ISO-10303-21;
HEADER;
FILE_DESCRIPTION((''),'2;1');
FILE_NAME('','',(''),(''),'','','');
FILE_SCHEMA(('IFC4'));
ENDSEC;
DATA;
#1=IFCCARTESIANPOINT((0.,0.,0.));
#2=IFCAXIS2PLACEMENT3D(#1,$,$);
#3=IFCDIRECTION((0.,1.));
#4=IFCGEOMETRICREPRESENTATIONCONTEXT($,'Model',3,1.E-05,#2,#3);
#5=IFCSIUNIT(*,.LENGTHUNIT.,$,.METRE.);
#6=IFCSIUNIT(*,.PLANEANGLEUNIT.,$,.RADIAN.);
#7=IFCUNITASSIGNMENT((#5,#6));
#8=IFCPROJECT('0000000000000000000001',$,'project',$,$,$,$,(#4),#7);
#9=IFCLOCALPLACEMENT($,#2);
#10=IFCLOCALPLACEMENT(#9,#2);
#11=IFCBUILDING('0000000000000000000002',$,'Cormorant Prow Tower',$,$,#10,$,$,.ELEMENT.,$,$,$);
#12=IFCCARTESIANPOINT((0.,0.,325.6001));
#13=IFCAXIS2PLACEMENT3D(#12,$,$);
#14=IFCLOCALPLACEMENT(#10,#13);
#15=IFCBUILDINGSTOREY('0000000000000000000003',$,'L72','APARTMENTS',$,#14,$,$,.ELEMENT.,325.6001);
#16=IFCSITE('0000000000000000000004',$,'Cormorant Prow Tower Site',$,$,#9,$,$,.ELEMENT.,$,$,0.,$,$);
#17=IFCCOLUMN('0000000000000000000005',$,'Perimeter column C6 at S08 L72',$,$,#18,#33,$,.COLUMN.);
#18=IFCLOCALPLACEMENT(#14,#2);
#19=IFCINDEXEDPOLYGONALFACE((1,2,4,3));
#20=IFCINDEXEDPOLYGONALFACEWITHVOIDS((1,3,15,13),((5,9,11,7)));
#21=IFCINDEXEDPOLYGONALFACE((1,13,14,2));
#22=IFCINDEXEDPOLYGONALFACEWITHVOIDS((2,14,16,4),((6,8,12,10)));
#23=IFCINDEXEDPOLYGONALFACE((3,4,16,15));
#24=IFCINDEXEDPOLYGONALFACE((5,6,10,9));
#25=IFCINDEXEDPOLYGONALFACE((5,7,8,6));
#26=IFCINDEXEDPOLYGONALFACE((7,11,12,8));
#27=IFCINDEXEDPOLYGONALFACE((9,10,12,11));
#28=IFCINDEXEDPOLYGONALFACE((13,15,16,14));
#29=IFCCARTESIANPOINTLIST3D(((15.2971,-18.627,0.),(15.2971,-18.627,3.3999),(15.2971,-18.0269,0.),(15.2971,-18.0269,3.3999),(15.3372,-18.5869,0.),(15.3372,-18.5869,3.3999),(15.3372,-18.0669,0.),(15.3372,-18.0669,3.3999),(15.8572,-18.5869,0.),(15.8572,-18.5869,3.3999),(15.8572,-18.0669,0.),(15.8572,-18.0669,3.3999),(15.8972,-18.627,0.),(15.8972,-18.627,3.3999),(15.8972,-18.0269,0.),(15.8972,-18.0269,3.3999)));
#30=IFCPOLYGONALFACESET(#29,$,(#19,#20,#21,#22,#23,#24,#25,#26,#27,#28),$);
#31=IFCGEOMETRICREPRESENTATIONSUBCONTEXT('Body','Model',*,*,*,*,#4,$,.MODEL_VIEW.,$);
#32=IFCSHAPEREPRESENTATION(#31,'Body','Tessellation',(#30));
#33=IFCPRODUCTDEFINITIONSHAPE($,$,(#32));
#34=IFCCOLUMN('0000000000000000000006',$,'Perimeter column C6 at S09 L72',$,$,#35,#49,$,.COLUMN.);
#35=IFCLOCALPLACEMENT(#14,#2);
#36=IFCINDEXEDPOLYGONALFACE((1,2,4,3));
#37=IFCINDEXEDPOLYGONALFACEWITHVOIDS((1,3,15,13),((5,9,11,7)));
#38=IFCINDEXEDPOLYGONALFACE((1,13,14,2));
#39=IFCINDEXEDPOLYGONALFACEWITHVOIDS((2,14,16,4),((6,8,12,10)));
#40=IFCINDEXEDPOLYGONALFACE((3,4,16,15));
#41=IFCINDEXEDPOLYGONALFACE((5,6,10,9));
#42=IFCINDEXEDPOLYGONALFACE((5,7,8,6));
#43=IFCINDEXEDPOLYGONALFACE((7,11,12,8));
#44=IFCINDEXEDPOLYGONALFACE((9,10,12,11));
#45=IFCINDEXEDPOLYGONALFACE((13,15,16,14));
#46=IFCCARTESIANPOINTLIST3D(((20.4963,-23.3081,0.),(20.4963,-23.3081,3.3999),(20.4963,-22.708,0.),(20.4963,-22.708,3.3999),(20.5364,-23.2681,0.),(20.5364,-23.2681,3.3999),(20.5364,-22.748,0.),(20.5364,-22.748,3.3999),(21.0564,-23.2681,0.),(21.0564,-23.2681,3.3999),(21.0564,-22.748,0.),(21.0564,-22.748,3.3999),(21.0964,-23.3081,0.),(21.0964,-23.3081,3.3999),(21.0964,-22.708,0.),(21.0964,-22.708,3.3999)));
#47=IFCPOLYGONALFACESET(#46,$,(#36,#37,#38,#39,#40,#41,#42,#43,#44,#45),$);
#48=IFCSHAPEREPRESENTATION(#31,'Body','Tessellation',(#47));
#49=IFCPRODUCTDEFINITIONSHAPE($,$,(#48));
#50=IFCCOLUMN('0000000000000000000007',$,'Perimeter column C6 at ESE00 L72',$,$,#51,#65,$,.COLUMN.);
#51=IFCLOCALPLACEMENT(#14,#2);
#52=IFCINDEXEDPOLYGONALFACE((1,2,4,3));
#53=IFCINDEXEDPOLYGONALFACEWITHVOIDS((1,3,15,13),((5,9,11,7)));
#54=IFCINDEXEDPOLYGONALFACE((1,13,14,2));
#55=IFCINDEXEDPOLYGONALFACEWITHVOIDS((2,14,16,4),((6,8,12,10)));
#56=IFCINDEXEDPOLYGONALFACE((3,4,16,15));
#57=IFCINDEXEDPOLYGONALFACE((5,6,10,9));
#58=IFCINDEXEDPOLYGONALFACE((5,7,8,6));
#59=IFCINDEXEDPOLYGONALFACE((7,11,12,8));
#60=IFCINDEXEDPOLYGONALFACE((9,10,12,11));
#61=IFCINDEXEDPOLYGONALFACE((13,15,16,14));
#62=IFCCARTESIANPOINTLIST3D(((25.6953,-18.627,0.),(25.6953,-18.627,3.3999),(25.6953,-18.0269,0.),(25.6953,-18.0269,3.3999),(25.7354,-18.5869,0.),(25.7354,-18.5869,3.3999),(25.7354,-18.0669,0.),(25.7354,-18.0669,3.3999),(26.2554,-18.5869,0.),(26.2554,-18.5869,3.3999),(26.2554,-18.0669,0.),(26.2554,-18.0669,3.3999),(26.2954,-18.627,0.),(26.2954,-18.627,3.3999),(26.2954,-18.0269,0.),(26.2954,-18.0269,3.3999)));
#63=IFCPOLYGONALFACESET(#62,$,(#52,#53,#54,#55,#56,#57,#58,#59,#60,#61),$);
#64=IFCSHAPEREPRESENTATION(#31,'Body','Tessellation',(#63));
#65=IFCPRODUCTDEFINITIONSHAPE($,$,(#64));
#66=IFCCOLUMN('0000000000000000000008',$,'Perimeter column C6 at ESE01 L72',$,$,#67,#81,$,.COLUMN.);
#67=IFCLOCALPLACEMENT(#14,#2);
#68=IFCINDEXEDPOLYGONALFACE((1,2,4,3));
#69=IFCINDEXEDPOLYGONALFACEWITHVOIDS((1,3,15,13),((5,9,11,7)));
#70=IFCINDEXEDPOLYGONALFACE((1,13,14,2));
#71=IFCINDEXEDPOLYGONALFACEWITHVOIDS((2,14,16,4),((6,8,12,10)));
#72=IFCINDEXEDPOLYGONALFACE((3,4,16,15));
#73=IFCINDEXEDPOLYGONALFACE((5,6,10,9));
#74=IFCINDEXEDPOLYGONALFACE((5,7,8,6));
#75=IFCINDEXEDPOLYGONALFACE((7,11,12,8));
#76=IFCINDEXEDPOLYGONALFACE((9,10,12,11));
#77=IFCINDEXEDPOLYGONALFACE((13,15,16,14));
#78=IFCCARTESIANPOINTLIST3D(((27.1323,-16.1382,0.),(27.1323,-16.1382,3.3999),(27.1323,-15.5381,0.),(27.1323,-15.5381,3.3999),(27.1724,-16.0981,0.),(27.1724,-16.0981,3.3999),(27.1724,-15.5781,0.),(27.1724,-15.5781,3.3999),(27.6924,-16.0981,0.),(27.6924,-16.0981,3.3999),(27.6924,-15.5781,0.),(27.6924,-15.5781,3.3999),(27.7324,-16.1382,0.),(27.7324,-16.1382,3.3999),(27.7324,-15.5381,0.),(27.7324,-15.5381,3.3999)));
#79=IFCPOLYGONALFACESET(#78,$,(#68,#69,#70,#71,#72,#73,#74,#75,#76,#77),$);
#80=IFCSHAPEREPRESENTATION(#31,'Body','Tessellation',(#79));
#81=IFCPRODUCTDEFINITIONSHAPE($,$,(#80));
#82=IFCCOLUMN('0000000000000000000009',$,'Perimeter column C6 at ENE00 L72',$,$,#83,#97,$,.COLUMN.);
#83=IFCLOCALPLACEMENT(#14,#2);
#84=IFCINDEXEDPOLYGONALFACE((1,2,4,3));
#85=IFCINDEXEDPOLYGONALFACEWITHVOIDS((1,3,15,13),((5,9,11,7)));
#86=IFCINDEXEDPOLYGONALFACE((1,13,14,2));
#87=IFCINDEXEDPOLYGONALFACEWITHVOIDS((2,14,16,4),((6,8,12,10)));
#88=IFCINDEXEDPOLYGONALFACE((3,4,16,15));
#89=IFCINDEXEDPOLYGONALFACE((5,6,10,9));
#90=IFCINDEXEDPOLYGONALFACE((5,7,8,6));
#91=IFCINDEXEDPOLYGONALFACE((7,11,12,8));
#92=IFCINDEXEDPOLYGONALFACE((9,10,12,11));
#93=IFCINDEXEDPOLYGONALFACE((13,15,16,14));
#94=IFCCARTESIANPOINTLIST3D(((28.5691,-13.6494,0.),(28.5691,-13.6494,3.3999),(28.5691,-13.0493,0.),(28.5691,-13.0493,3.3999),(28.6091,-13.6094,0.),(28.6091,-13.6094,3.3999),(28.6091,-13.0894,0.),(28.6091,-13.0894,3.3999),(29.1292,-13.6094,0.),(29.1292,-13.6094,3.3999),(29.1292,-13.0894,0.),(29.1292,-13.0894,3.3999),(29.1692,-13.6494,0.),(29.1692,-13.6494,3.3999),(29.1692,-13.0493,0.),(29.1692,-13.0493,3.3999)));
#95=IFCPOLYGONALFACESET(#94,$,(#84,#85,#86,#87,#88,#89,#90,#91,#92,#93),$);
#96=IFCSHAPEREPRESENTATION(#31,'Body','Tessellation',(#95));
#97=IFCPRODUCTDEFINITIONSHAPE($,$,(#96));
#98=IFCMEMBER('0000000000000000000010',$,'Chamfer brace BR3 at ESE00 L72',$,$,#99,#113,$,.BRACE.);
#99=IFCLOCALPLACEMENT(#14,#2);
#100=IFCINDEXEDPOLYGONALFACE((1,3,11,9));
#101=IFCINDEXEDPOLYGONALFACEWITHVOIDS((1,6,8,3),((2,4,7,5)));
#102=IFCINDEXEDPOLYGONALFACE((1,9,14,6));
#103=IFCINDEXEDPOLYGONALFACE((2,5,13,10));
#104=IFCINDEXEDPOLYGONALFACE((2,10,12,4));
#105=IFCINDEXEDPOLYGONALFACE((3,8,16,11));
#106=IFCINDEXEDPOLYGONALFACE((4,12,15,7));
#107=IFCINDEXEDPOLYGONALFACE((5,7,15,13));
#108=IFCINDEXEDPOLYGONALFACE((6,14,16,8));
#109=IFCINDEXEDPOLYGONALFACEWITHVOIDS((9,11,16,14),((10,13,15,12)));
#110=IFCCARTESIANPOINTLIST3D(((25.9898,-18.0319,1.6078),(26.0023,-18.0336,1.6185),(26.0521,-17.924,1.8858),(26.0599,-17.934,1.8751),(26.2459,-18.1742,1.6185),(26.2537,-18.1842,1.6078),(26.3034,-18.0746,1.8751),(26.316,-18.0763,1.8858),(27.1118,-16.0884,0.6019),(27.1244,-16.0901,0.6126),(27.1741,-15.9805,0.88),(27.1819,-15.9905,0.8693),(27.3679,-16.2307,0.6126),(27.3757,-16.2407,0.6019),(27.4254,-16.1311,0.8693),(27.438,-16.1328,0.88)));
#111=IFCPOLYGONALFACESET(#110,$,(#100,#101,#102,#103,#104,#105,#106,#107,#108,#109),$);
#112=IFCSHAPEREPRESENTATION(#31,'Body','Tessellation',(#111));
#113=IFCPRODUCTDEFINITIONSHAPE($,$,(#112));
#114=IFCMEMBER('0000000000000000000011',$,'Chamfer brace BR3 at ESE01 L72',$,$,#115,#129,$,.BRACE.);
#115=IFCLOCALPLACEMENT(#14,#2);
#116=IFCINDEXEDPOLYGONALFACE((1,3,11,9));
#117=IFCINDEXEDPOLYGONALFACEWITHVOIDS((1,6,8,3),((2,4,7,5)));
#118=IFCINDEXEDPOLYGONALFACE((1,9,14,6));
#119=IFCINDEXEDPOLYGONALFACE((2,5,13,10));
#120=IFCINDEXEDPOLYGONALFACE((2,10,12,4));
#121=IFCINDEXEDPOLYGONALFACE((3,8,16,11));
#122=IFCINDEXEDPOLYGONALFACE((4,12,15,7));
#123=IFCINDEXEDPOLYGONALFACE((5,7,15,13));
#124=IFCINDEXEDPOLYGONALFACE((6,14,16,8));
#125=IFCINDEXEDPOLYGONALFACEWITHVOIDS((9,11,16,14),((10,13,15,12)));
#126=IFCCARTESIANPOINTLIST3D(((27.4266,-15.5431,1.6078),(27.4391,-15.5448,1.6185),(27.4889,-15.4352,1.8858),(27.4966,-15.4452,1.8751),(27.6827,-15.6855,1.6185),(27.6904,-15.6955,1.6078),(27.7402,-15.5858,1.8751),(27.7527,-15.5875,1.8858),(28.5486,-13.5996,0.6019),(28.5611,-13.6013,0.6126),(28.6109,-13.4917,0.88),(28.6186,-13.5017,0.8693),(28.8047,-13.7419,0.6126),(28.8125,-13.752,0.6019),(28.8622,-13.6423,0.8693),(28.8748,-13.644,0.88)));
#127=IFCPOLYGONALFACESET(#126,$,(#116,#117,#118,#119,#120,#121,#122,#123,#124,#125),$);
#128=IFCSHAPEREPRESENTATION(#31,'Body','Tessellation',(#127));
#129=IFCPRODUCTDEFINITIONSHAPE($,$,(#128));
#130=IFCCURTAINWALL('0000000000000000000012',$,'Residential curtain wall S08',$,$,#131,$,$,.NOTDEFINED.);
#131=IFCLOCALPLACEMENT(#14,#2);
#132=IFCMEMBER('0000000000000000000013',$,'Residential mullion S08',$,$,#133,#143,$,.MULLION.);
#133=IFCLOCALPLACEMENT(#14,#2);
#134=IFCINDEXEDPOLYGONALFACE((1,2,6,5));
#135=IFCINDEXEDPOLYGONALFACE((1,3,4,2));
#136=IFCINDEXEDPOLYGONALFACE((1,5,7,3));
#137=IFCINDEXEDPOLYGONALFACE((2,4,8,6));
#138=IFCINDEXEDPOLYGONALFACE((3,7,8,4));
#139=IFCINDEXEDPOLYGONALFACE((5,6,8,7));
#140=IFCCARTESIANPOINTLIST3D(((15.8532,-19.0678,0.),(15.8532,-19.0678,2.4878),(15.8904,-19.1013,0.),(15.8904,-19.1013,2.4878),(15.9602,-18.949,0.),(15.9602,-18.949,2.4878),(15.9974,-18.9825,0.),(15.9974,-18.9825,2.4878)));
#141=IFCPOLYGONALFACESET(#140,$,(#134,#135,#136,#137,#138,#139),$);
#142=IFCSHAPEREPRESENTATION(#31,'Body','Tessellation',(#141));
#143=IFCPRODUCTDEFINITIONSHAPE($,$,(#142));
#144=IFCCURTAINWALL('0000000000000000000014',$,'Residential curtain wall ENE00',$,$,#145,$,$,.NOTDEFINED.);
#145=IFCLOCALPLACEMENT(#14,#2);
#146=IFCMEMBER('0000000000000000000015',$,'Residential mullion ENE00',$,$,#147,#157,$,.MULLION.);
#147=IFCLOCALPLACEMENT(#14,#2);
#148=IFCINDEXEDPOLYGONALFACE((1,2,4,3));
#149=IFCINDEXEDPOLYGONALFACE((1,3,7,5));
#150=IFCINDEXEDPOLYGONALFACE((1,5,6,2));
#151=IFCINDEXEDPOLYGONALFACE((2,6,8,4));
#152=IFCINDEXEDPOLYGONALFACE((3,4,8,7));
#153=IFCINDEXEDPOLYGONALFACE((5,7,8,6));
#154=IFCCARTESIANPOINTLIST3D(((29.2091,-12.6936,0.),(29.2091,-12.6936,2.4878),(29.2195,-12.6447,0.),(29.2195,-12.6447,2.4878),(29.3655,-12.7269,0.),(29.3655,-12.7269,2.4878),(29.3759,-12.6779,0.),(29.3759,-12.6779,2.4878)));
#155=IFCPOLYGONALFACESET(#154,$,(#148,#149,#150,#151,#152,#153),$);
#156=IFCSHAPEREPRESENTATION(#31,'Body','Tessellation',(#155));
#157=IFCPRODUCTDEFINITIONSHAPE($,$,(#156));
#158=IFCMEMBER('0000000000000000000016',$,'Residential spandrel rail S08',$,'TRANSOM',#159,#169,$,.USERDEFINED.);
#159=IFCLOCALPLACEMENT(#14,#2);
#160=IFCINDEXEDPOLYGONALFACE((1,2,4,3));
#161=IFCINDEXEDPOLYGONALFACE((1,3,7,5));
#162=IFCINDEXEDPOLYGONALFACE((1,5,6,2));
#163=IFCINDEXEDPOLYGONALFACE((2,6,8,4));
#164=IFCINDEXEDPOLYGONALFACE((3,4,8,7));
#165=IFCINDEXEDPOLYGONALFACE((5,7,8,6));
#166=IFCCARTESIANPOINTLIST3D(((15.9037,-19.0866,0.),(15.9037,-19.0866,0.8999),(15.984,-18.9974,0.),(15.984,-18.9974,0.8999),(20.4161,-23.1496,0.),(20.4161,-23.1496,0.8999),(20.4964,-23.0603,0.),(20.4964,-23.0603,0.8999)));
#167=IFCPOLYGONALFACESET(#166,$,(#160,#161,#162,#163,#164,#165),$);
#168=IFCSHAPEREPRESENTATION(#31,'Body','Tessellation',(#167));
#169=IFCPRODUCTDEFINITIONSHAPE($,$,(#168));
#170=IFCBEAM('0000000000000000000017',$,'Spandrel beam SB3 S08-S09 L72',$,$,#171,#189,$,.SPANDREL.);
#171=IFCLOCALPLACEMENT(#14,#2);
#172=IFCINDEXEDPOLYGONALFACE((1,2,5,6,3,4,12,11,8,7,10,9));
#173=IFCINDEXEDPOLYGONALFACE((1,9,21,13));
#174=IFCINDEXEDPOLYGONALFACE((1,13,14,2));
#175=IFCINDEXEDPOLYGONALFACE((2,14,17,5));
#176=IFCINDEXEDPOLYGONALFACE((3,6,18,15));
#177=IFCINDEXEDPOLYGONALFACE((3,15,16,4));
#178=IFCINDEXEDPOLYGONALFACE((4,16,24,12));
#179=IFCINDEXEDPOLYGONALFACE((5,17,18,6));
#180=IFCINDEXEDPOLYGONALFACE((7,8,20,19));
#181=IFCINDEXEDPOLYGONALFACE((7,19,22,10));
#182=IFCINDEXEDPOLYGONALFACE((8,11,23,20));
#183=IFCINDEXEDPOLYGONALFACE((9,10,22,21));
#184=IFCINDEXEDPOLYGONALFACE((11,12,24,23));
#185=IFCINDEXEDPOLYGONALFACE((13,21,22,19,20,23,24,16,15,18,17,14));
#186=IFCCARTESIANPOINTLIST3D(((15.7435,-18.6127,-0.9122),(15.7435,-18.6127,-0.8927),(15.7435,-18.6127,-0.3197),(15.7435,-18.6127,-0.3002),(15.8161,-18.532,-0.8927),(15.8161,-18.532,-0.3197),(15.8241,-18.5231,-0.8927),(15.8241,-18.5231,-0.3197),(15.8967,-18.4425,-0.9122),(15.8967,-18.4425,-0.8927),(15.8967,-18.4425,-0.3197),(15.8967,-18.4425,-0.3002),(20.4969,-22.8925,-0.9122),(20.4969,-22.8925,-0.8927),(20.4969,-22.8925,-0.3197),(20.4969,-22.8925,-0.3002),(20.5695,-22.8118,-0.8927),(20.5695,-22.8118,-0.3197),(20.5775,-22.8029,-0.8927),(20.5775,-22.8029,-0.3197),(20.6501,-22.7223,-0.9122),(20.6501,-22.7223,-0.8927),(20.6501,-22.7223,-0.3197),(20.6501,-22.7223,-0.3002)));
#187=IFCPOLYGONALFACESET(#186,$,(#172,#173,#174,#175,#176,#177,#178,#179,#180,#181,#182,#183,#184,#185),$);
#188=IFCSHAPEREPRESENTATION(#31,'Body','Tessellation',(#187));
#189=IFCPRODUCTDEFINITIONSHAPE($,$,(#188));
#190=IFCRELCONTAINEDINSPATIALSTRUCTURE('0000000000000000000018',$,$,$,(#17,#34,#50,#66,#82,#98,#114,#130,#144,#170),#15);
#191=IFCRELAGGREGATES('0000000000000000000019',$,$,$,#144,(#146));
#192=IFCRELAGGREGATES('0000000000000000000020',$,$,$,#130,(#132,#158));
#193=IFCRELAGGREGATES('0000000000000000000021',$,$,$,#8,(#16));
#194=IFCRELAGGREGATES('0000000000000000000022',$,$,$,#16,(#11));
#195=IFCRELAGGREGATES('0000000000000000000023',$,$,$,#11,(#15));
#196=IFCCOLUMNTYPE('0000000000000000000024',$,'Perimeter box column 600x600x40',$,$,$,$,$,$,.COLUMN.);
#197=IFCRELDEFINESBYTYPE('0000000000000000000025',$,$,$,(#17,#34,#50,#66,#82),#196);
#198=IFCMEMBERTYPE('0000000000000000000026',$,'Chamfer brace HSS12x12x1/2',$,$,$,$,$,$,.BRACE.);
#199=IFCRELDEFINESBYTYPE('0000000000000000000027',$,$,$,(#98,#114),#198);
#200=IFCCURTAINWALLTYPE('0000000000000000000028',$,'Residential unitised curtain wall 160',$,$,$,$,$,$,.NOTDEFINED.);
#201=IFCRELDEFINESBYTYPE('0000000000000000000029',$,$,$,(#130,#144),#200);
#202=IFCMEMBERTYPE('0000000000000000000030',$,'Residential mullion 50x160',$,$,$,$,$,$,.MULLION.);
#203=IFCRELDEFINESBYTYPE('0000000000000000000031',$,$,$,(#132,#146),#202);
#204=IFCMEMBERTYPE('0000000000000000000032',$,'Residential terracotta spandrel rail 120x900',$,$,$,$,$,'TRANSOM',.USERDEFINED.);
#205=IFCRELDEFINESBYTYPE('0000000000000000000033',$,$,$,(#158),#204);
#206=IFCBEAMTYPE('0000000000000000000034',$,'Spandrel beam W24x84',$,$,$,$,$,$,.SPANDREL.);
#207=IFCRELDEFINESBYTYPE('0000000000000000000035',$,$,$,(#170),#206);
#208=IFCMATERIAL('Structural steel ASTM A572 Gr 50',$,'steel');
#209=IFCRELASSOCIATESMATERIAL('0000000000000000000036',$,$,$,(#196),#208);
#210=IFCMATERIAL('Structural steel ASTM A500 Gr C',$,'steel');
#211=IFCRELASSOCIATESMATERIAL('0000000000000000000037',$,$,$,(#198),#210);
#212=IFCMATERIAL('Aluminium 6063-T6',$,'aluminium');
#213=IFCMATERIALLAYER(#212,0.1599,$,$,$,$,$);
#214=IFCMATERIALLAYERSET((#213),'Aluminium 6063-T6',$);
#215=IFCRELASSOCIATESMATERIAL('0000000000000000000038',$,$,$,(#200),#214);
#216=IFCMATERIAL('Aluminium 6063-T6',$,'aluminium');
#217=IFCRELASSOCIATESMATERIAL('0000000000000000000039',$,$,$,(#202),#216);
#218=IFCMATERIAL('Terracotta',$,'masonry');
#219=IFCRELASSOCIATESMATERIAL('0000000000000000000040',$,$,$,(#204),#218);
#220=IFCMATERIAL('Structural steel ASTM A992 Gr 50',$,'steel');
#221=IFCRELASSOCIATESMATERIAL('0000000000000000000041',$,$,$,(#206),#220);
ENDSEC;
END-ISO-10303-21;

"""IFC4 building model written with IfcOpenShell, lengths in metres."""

from ifc_helpers import new_model, si_unit, direction, frame, origin, origin_2d, place, context, subcontext, project, spatial, rectangle, hollow_rectangle, i_section, extrude, material, layer, layer_set, material_profile, profile_set, type_object, element, aggregate, save


model = new_model("IFC4")

# Units and contexts
model_context = context("Model", 3, precision=1e-05, world=origin(), true_north=direction((0.0, 1.0)))
body_context = subcontext(model_context, "Body", "Model", "MODEL_VIEW")
ifc_project = project(units=[si_unit("LENGTHUNIT", "METRE"), si_unit("PLANEANGLEUNIT", "RADIAN")], contexts=[model_context])

# Site, building, storey
site_placement = place(None, origin())
site = spatial("IfcSite", under=ifc_project, at=site_placement, Name="Cormorant Prow Tower Site", CompositionType="ELEMENT", RefElevation=0.0)
building_placement = place(site_placement, origin())
building = spatial("IfcBuilding", under=site, at=building_placement, Name="Cormorant Prow Tower", CompositionType="ELEMENT")
storey_placement = place(building_placement, frame((0.0, 0.0, 325.6001)))
storey = spatial("IfcBuildingStorey", under=building, at=storey_placement, Name="L72", Description="APARTMENTS", CompositionType="ELEMENT", Elevation=325.6001)

# Columns
ifc_material_1 = material(Name="Structural steel ASTM A572 Gr 50", Category="steel")
ifc_material_profile_1 = material_profile(ifc_material_1, hollow_rectangle(XDim=0.6001, YDim=0.6001, WallThickness=0.04, at=origin_2d()), Name="Box 600x600x40")
ifc_profile_set_1 = profile_set([ifc_material_profile_1], Name="Structural steel ASTM A572 Gr 50")
column_type = type_object("IfcColumnType", Name="Perimeter box column 600x600x40", PredefinedType="COLUMN", material=ifc_profile_set_1)
for number, where, z_axis, x_axis, name in (
    (1, (15.5972, -18.3269, 0.0), (0.0, 0.0, 1.0), (1.0, 0.0, 0.0), "Perimeter column C6 at S08 L72"),
    (2, (20.7964, -23.0081, 0.0), (0.0, 0.0, 1.0), (1.0, 0.0, 0.0), "Perimeter column C6 at S09 L72"),
    (3, (25.9954, -18.3269, 0.0), (0.0, 0.0, 1.0), (1.0, 0.0, 0.0), "Perimeter column C6 at ESE00 L72"),
    (4, (27.4324, -15.8381, 0.0), (0.0, 0.0, 1.0), (1.0, 0.0, 0.0), "Perimeter column C6 at ESE01 L72"),
    (5, (28.8691, -13.3494, 0.0), (0.0, 0.0, 1.0), (1.0, 0.0, 0.0), "Perimeter column C6 at ENE00 L72"),
):
    element("IfcColumn", number, at=place(storey_placement, frame(where, z_axis=z_axis, x_axis=x_axis)), inside=storey, type_object=column_type, Name=name, PredefinedType="COLUMN", context=body_context, shape_type="SweptSolid", body=[
        extrude(hollow_rectangle(XDim=0.6001, YDim=0.6001, WallThickness=0.04, at=origin_2d()), origin(), (0.0, 0.0, 1.0), 3.3999),
    ])

# Members
ifc_material_2 = material(Name="Structural steel ASTM A500 Gr C", Category="steel")
ifc_material_profile_2 = material_profile(ifc_material_2, hollow_rectangle(XDim=0.3047, YDim=0.3047, WallThickness=0.0117, at=origin_2d()), Name="HSS12x12x1/2")
ifc_profile_set_2 = profile_set([ifc_material_profile_2], Name="Structural steel ASTM A500 Gr C")
member_type_1 = type_object("IfcMemberType", Name="Chamfer brace HSS12x12x1/2", PredefinedType="BRACE", material=ifc_profile_set_2)
for number, where, z_axis, x_axis, name in (
    (6, (27.2749, -16.1106, 0.741), (-0.456247, -0.790292, 0.408994), (0.866039, -0.499977, 0.0), "Chamfer brace BR3 at ESE00 L72"),
    (7, (28.7117, -13.6218, 0.741), (-0.456247, -0.790292, 0.408994), (0.866039, -0.499977, 0.0), "Chamfer brace BR3 at ESE01 L72"),
):
    element("IfcMember", number, at=place(storey_placement, frame(where, z_axis=z_axis, x_axis=x_axis)), inside=storey, type_object=member_type_1, Name=name, PredefinedType="BRACE", context=body_context, shape_type="SweptSolid", body=[
        extrude(hollow_rectangle(XDim=0.3047, YDim=0.3047, WallThickness=0.0117, at=origin_2d()), origin(), (0.0, 0.0, 1.0), 2.4592),
    ])

# Curtain walls, members
ifc_material_3 = material(Name="Aluminium 6063-T6", Category="aluminium")
ifc_layer_1 = layer(ifc_material_3, 0.1599)
ifc_layer_set_1 = layer_set([ifc_layer_1], Name="Aluminium 6063-T6")
curtain_wall_type = type_object("IfcCurtainWallType", Name="Residential unitised curtain wall 160", PredefinedType="NOTDEFINED", material=ifc_layer_set_1)
curtain_wall_1_placement = place(storey_placement, origin())
curtain_wall_1 = element("IfcCurtainWall", 8, at=curtain_wall_1_placement, inside=storey, type_object=curtain_wall_type, Name="Residential curtain wall S08", PredefinedType="NOTDEFINED")
ifc_material_4 = material(Name="Aluminium 6063-T6", Category="aluminium")
ifc_material_profile_3 = material_profile(ifc_material_4, rectangle(XDim=0.1599, YDim=0.05, at=origin_2d()), Name="Residential mullion 50x160")
ifc_profile_set_3 = profile_set([ifc_material_profile_3], Name="Aluminium 6063-T6")
member_type_2 = type_object("IfcMemberType", Name="Residential mullion 50x160", PredefinedType="MULLION", material=ifc_profile_set_3)
member_1_placement = place(storey_placement, frame((15.9253, -19.0251, 0.0), z_axis=(0.0, 0.0, 1.0), x_axis=(0.669131, 0.743145, 0.0)))
member_1 = element("IfcMember", 9, at=member_1_placement, type_object=member_type_2, Name="Residential mullion S08", PredefinedType="MULLION", context=body_context, shape_type="SweptSolid", body=[
    extrude(rectangle(XDim=0.1599, YDim=0.05, at=origin_2d()), origin(), (0.0, 0.0, 1.0), 2.4878),
])
curtain_wall_2_placement = place(storey_placement, origin())
curtain_wall_2 = element("IfcCurtainWall", 10, at=curtain_wall_2_placement, inside=storey, type_object=curtain_wall_type, Name="Residential curtain wall ENE00", PredefinedType="NOTDEFINED")
member_2_placement = place(storey_placement, frame((29.2925, -12.6858, 0.0), z_axis=(0.0, 0.0, 1.0), x_axis=(-0.978148, 0.207912, 0.0)))
member_2 = element("IfcMember", 11, at=member_2_placement, type_object=member_type_2, Name="Residential mullion ENE00", PredefinedType="MULLION", context=body_context, shape_type="SweptSolid", body=[
    extrude(rectangle(XDim=0.1599, YDim=0.05, at=origin_2d()), origin(), (0.0, 0.0, 1.0), 2.4878),
])
aggregate(curtain_wall_2, [member_2])

# Member
ifc_material_5 = material(Name="Terracotta", Category="masonry")
ifc_material_profile_4 = material_profile(ifc_material_5, rectangle(XDim=0.1201, YDim=0.8999, at=origin_2d()), Name="Residential terracotta spandrel rail 120x900")
ifc_profile_set_4 = profile_set([ifc_material_profile_4], Name="Terracotta")
member_type_3 = type_object("IfcMemberType", Name="Residential terracotta spandrel rail 120x900", ElementType="TRANSOM", PredefinedType="USERDEFINED", material=ifc_profile_set_4)
member_3_placement = place(storey_placement, frame((15.9438, -19.042, 0.45), z_axis=(0.743148, -0.669127, 0.0), x_axis=(0.669127, 0.743148, 0.0)))
member_3 = element("IfcMember", 12, at=member_3_placement, type_object=member_type_3, Name="Residential spandrel rail S08", ObjectType="TRANSOM", PredefinedType="USERDEFINED", context=body_context, shape_type="SweptSolid", body=[
    extrude(rectangle(XDim=0.1201, YDim=0.8999, at=origin_2d()), origin(), (0.0, 0.0, 1.0), 6.072),
])

# Beam
ifc_material_6 = material(Name="Structural steel ASTM A992 Gr 50", Category="steel")
ifc_material_profile_5 = material_profile(ifc_material_6, i_section(OverallWidth=0.229, OverallDepth=0.6121, WebThickness=0.012, FlangeThickness=0.0195, at=origin_2d()), Name="W24x84")
ifc_profile_set_5 = profile_set([ifc_material_profile_5], Name="Structural steel ASTM A992 Gr 50")
beam_type = type_object("IfcBeamType", Name="Spandrel beam W24x84", PredefinedType="SPANDREL", material=ifc_profile_set_5)
beam_1_placement = place(storey_placement, frame((15.8201, -18.5276, -0.6062), z_axis=(0.743161, -0.669112, 0.0), x_axis=(0.669112, 0.743161, 0.0)))
element("IfcBeam", 13, at=beam_1_placement, inside=storey, type_object=beam_type, Name="Spandrel beam SB3 S08-S09 L72", PredefinedType="SPANDREL", context=body_context, shape_type="SweptSolid", body=[
    extrude(i_section(OverallWidth=0.229, OverallDepth=0.6121, WebThickness=0.012, FlangeThickness=0.0195, at=origin_2d()), origin(), (0.0, 0.0, 1.0), 6.3962),
])

aggregate(curtain_wall_1, [member_1, member_3])

save(model, "model.ifc")
